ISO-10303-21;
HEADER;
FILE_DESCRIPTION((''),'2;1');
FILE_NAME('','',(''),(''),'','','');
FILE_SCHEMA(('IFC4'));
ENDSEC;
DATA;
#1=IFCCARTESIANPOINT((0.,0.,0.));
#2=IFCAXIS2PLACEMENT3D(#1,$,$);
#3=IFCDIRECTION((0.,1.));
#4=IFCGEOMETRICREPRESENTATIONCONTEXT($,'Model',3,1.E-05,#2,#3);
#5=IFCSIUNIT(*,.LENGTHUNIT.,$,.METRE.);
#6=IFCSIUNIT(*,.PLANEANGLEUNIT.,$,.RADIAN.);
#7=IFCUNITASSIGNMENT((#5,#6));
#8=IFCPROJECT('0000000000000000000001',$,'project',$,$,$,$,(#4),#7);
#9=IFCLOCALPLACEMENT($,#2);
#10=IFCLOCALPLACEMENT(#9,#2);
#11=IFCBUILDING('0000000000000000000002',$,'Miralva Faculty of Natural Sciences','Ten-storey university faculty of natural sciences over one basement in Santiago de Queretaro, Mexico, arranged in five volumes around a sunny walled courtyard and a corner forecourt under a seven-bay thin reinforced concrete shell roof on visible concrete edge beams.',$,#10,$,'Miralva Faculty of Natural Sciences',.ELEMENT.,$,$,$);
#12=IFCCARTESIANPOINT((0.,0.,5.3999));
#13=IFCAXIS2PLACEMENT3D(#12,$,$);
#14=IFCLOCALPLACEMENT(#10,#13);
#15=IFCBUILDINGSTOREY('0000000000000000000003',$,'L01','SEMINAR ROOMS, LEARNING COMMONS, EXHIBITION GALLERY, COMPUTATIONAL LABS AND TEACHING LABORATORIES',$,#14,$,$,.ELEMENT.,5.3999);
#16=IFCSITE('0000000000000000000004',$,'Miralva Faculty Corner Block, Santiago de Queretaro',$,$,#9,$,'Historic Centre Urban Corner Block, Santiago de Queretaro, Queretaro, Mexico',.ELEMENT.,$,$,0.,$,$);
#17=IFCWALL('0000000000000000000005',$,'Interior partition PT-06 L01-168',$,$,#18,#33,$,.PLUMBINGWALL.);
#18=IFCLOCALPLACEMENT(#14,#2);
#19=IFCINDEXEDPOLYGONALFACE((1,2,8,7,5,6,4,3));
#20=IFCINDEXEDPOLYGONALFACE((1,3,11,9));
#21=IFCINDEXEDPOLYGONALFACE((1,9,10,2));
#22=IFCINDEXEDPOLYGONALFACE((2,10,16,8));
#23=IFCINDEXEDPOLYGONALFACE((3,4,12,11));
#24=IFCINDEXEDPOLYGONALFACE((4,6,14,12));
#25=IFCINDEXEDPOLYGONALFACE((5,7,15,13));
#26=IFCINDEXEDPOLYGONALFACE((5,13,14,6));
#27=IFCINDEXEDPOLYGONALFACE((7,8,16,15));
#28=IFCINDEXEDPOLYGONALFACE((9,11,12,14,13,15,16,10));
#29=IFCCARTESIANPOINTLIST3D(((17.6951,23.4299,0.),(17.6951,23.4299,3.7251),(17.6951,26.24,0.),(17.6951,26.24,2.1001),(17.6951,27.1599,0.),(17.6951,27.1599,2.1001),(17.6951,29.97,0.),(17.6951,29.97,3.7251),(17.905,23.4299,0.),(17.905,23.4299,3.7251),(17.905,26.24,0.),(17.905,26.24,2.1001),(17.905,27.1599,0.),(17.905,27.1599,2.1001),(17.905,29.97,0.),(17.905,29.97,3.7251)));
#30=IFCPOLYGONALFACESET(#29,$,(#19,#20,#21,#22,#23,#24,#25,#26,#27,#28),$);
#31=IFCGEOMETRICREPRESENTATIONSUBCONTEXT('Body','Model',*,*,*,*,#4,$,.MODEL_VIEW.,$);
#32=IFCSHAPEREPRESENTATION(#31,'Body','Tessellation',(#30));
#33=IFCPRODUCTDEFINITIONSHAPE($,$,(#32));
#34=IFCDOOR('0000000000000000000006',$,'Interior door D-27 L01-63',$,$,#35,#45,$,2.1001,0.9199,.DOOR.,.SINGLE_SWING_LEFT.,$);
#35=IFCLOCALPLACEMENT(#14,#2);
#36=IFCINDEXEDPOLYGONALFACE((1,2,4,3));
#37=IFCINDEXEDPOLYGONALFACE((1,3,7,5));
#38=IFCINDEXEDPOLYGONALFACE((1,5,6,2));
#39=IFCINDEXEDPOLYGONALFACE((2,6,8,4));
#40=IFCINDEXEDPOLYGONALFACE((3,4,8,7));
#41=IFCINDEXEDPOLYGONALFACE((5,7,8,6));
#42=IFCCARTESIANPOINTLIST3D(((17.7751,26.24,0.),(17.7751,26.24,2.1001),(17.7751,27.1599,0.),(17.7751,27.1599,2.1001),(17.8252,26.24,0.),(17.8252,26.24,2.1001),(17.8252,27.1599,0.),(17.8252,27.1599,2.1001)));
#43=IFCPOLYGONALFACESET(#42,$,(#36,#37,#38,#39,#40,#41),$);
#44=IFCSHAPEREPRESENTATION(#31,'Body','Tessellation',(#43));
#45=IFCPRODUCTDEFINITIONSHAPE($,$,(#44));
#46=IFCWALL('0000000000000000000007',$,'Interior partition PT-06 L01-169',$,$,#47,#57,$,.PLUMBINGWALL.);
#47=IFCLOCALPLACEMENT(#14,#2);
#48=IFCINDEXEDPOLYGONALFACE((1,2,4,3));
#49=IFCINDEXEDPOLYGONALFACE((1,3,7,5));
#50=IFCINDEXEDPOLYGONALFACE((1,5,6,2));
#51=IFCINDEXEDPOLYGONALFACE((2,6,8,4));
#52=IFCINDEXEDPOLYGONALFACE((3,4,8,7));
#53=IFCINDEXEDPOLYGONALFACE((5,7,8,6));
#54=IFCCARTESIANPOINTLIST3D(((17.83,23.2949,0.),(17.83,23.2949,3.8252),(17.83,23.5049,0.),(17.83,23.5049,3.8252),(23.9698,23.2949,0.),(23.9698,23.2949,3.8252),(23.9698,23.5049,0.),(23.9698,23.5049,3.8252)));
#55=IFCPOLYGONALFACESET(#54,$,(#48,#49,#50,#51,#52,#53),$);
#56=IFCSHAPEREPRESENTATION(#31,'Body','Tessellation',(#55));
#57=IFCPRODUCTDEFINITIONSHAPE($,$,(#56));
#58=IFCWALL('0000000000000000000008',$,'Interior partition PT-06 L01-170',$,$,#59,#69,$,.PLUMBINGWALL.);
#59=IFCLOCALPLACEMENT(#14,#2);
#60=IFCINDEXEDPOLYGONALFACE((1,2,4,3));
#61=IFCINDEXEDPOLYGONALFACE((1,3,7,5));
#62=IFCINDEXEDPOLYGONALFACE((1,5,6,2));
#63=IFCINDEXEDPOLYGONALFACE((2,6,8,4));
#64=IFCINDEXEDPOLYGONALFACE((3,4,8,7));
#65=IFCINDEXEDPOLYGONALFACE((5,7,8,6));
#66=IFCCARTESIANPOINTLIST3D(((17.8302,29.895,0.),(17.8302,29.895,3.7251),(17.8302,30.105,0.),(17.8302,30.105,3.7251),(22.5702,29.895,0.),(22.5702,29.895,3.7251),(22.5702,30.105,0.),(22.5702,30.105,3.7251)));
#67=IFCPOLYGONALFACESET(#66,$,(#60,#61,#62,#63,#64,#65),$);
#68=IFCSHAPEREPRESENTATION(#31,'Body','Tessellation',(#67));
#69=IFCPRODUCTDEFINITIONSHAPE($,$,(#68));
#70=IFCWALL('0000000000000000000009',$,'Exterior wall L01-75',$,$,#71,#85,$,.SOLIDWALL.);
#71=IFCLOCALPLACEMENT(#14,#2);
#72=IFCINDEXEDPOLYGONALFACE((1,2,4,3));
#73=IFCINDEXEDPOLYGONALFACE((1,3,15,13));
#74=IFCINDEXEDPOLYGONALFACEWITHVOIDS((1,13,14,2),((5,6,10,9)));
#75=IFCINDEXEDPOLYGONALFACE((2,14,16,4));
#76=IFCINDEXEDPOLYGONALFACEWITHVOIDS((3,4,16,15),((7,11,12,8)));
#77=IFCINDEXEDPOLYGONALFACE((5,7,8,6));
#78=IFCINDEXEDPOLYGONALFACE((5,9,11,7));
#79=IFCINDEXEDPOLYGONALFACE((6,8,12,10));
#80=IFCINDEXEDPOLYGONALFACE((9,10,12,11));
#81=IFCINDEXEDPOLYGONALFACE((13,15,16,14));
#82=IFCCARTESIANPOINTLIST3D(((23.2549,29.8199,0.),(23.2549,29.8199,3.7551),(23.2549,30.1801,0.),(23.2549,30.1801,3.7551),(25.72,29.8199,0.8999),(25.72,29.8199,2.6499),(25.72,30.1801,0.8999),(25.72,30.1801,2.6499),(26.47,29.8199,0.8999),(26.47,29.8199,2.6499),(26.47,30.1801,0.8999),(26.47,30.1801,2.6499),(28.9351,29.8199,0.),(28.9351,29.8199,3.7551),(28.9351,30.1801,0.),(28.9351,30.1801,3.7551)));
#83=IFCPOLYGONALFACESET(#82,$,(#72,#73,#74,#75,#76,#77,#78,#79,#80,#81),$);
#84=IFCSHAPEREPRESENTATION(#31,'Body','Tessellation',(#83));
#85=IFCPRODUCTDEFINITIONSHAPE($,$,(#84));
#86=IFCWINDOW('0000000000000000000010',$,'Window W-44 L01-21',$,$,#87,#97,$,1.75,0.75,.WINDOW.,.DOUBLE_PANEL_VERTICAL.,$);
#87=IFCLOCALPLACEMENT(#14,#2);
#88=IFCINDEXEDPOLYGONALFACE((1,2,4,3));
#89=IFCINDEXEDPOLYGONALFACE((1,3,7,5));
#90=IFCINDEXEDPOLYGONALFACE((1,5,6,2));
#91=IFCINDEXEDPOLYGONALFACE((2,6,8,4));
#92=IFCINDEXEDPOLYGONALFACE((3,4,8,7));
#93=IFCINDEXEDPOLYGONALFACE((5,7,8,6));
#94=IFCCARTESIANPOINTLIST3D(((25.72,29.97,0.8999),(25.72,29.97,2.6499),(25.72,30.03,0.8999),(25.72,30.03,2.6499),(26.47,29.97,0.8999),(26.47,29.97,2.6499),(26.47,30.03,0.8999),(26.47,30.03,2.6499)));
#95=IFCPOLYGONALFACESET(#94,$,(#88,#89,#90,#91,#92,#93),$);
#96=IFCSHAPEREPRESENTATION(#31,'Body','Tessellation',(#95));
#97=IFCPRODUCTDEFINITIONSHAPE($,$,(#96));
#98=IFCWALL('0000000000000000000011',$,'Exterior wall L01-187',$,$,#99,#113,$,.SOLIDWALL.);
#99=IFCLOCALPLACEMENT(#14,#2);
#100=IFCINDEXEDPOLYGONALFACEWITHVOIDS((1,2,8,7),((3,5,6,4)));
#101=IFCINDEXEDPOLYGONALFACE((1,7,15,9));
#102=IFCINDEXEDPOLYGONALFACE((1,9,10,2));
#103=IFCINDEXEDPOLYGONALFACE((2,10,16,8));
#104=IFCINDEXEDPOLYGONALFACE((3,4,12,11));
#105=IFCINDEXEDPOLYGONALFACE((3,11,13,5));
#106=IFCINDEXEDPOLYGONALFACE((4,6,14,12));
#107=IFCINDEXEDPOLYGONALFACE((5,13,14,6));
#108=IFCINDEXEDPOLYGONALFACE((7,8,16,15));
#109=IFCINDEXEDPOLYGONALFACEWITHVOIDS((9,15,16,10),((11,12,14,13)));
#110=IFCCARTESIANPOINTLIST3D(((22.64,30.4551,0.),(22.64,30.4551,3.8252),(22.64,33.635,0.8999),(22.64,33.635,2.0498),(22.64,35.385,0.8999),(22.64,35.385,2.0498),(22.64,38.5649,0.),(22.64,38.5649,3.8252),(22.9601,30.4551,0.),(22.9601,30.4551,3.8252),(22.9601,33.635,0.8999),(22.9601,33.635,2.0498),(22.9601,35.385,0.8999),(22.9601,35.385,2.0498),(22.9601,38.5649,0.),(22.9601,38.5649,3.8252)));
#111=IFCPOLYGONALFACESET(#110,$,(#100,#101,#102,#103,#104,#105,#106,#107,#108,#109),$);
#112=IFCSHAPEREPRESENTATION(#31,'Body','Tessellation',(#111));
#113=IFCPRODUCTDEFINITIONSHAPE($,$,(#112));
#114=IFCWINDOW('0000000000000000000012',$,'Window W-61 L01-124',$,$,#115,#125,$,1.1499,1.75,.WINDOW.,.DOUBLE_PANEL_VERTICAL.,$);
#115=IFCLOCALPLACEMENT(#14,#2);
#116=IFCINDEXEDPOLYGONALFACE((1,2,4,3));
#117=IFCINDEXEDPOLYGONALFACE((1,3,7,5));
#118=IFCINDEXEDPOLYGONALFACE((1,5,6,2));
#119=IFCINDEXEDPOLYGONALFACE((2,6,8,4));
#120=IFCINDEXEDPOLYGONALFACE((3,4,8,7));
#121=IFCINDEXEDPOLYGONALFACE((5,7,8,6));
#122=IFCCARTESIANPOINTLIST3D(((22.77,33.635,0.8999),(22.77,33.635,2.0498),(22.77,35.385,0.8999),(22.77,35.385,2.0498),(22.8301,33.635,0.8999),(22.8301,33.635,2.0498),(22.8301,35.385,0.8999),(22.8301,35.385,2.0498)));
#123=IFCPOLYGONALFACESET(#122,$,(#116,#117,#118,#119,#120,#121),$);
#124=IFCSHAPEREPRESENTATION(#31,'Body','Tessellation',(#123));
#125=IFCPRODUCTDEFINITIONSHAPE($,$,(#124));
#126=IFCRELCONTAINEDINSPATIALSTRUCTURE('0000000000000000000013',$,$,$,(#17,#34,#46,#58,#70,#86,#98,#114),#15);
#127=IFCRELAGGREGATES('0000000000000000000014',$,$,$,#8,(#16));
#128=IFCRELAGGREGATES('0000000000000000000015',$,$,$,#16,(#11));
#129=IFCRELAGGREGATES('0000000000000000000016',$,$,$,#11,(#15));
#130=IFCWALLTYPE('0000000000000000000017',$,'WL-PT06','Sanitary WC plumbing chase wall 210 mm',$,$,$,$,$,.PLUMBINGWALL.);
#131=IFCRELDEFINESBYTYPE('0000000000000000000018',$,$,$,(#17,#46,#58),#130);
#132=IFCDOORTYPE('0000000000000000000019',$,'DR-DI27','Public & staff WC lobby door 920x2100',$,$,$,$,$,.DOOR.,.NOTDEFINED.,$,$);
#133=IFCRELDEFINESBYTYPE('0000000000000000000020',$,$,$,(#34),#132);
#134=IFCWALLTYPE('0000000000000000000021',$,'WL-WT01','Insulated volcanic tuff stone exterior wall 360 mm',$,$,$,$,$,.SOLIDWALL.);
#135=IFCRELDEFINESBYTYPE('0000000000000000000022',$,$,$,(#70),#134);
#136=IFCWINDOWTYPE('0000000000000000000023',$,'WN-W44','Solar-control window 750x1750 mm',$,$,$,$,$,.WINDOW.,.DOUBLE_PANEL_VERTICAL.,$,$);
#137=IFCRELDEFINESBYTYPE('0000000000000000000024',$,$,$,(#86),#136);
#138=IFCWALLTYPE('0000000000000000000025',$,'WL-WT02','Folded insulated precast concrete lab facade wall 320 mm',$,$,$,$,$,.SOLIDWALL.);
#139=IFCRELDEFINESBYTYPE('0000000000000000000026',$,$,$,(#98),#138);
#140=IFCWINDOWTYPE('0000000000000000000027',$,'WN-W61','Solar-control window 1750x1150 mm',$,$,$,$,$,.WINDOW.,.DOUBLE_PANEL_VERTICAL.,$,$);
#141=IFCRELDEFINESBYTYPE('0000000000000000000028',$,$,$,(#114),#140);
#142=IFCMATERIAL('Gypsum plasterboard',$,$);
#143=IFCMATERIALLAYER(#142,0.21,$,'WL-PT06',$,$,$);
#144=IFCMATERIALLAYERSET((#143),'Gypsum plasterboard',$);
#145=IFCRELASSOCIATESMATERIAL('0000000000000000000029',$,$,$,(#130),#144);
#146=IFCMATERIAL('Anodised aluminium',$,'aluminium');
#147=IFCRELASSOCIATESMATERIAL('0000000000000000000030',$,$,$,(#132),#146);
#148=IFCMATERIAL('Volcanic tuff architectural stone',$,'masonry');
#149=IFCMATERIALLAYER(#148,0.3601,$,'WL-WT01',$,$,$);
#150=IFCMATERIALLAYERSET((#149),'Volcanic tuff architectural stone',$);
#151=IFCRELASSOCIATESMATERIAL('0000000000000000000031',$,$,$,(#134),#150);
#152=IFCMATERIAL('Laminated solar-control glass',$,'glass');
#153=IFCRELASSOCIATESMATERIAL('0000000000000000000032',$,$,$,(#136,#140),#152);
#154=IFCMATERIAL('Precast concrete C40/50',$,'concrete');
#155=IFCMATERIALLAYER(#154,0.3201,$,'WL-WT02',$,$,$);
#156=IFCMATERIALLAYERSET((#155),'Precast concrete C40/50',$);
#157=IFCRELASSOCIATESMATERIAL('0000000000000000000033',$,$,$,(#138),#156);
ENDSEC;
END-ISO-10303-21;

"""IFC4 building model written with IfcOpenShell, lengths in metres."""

from ifc_helpers import new_model, si_unit, direction, frame, frame_2d, origin, place, context, subcontext, project, spatial, rectangle, extrude, material, layer, layer_set, type_object, element, fill, save


model = new_model("IFC4")

# Units and contexts
model_context = context("Model", 3, precision=1e-05, world=origin(), true_north=direction((0.0, 1.0)))
body_context = subcontext(model_context, "Body", "Model", "MODEL_VIEW")
ifc_project = project(units=[si_unit("LENGTHUNIT", "METRE"), si_unit("PLANEANGLEUNIT", "RADIAN")], contexts=[model_context])

# Site, building, storey
site_placement = place(None, origin())
site = spatial("IfcSite", under=ifc_project, at=site_placement, Name="Miralva Faculty Corner Block, Santiago de Queretaro", LongName="Historic Centre Urban Corner Block, Santiago de Queretaro, Queretaro, Mexico", CompositionType="ELEMENT", RefElevation=0.0)
building_placement = place(site_placement, origin())
building = spatial("IfcBuilding", under=site, at=building_placement, Name="Miralva Faculty of Natural Sciences", Description="Ten-storey university faculty of natural sciences over one basement in Santiago de Queretaro, Mexico, arranged in five volumes around a sunny walled courtyard and a corner forecourt under a seven-bay thin reinforced concrete shell roof on visible concrete edge beams.", LongName="Miralva Faculty of Natural Sciences", CompositionType="ELEMENT")
storey_placement = place(building_placement, frame((0.0, 0.0, 5.3999)))
storey = spatial("IfcBuildingStorey", under=building, at=storey_placement, Name="L01", Description="SEMINAR ROOMS, LEARNING COMMONS, EXHIBITION GALLERY, COMPUTATIONAL LABS AND TEACHING LABORATORIES", CompositionType="ELEMENT", Elevation=5.3999)

# Shared definitions
ifc_material_1 = material(Name="Gypsum plasterboard")
ifc_material_2 = material(Name="Anodised aluminium", Category="aluminium")

# Shared definitions
ifc_layer_1 = layer(ifc_material_1, 0.21, Name="WL-PT06")
ifc_layer_set_1 = layer_set([ifc_layer_1], Name="Gypsum plasterboard")
wall_type_1 = type_object("IfcWallType", Name="WL-PT06", Description="Sanitary WC plumbing chase wall 210 mm", PredefinedType="PLUMBINGWALL", material=ifc_layer_set_1)

# Wall, opening, door
wall_1_placement = place(storey_placement, frame((17.8, 23.4299, 0.0), z_axis=(0.0, 0.0, 1.0), x_axis=(0.0, 1.0, 0.0)))
wall_1 = element("IfcWall", 1, at=wall_1_placement, inside=storey, type_object=wall_type_1, Name="Interior partition PT-06 L01-168", PredefinedType="PLUMBINGWALL", context=body_context, shape_type="SweptSolid", body=[
    extrude(rectangle(XDim=6.54, YDim=0.21, at=frame_2d((3.27, 0.0))), origin(), (0.0, 0.0, 1.0), 3.7251),
])
opening_1_placement = place(wall_1_placement, frame((2.8101, 0.0, 0.0)))
opening_1 = element("IfcOpeningElement", 2, at=opening_1_placement, cuts=wall_1, PredefinedType="OPENING", context=body_context, shape_type="SweptSolid", body=[
    extrude(rectangle(XDim=0.9199, YDim=2.1001, at=frame_2d((0.46, 1.05))), frame((0.0, 0.115, 0.0), z_axis=(0.0, -1.0, 0.0), x_axis=(1.0, 0.0, 0.0)), (0.0, 0.0, 1.0), 0.23),
])
door_type_1 = type_object("IfcDoorType", Name="DR-DI27", Description="Public & staff WC lobby door 920x2100", OperationType="NOTDEFINED", PredefinedType="DOOR", material=ifc_material_2)
door_1_placement = place(opening_1_placement, origin())
door_1 = element("IfcDoor", 3, at=door_1_placement, inside=storey, type_object=door_type_1, Name="Interior door D-27 L01-63", OperationType="SINGLE_SWING_LEFT", OverallHeight=2.1001, OverallWidth=0.9199, PredefinedType="DOOR", context=body_context, shape_type="SweptSolid", body=[
    extrude(rectangle(XDim=0.9199, YDim=2.1001, at=frame_2d((0.46, 1.05))), frame((0.0, 0.0249, 0.0), z_axis=(0.0, -1.0, 0.0), x_axis=(1.0, 0.0, 0.0)), (0.0, 0.0, 1.0), 0.05),
])
fill(opening_1, door_1)

# Walls
wall_2_placement = place(storey_placement, frame((17.8301, 23.3999, 0.0), z_axis=(0.0, 0.0, 1.0), x_axis=(1.0, 0.0, 0.0)))
element("IfcWall", 4, at=wall_2_placement, inside=storey, type_object=wall_type_1, Name="Interior partition PT-06 L01-169", PredefinedType="PLUMBINGWALL", context=body_context, shape_type="SweptSolid", body=[
    extrude(rectangle(XDim=6.1399, YDim=0.21, at=frame_2d((3.0698, 0.0))), origin(), (0.0, 0.0, 1.0), 3.8252),
])
wall_3_placement = place(storey_placement, frame((17.8301, 30.0, 0.0), z_axis=(0.0, 0.0, 1.0), x_axis=(1.0, 0.0, 0.0)))
element("IfcWall", 5, at=wall_3_placement, inside=storey, type_object=wall_type_1, Name="Interior partition PT-06 L01-170", PredefinedType="PLUMBINGWALL", context=body_context, shape_type="SweptSolid", body=[
    extrude(rectangle(XDim=4.74, YDim=0.21, at=frame_2d((2.3701, 0.0))), origin(), (0.0, 0.0, 1.0), 3.7251),
])

# Walls, openings, windows
ifc_material_3 = material(Name="Volcanic tuff architectural stone", Category="masonry")
ifc_layer_2 = layer(ifc_material_3, 0.3601, Name="WL-WT01")
ifc_layer_set_2 = layer_set([ifc_layer_2], Name="Volcanic tuff architectural stone")
wall_type_2 = type_object("IfcWallType", Name="WL-WT01", Description="Insulated volcanic tuff stone exterior wall 360 mm", PredefinedType="SOLIDWALL", material=ifc_layer_set_2)
wall_4_placement = place(storey_placement, frame((23.2549, 30.0, 0.0), z_axis=(0.0, 0.0, 1.0), x_axis=(1.0, 0.0, 0.0)))
wall_4 = element("IfcWall", 6, at=wall_4_placement, inside=storey, type_object=wall_type_2, Name="Exterior wall L01-75", PredefinedType="SOLIDWALL", context=body_context, shape_type="SweptSolid", body=[
    extrude(rectangle(XDim=5.6802, YDim=0.3601, at=frame_2d((2.8401, 0.0))), origin(), (0.0, 0.0, 1.0), 3.7551),
])
opening_2_placement = place(wall_4_placement, frame((2.4651, 0.0, 0.8999)))
opening_2 = element("IfcOpeningElement", 7, at=opening_2_placement, cuts=wall_4, PredefinedType="OPENING", context=body_context, shape_type="SweptSolid", body=[
    extrude(rectangle(XDim=0.75, YDim=1.75, at=frame_2d((0.375, 0.875))), frame((0.0, 0.1899, 0.0), z_axis=(0.0, -1.0, 0.0), x_axis=(1.0, 0.0, 0.0)), (0.0, 0.0, 1.0), 0.3801),
])
ifc_material_4 = material(Name="Laminated solar-control glass", Category="glass")
window_type_1 = type_object("IfcWindowType", Name="WN-W44", Description="Solar-control window 750x1750 mm", PartitioningType="DOUBLE_PANEL_VERTICAL", PredefinedType="WINDOW", material=ifc_material_4)
window_1_placement = place(opening_2_placement, origin())
window_1 = element("IfcWindow", 8, at=window_1_placement, inside=storey, type_object=window_type_1, Name="Window W-44 L01-21", OverallHeight=1.75, OverallWidth=0.75, PartitioningType="DOUBLE_PANEL_VERTICAL", PredefinedType="WINDOW", context=body_context, shape_type="SweptSolid", body=[
    extrude(rectangle(XDim=0.75, YDim=1.75, at=frame_2d((0.375, 0.875))), frame((0.0, 0.03, 0.0), z_axis=(0.0, -1.0, 0.0), x_axis=(1.0, 0.0, 0.0)), (0.0, 0.0, 1.0), 0.0601),
])
fill(opening_2, window_1)
ifc_material_5 = material(Name="Precast concrete C40/50", Category="concrete")
ifc_layer_3 = layer(ifc_material_5, 0.3201, Name="WL-WT02")
ifc_layer_set_3 = layer_set([ifc_layer_3], Name="Precast concrete C40/50")
wall_type_3 = type_object("IfcWallType", Name="WL-WT02", Description="Folded insulated precast concrete lab facade wall 320 mm", PredefinedType="SOLIDWALL", material=ifc_layer_set_3)
wall_5_placement = place(storey_placement, frame((22.8, 30.4551, 0.0), z_axis=(0.0, 0.0, 1.0), x_axis=(0.0, 1.0, 0.0)))
wall_5 = element("IfcWall", 9, at=wall_5_placement, inside=storey, type_object=wall_type_3, Name="Exterior wall L01-187", PredefinedType="SOLIDWALL", context=body_context, shape_type="SweptSolid", body=[
    extrude(rectangle(XDim=8.1099, YDim=0.3201, at=frame_2d((4.0549, 0.0))), origin(), (0.0, 0.0, 1.0), 3.8252),
])
opening_3_placement = place(wall_5_placement, frame((3.1799, 0.0, 0.8999)))
opening_3 = element("IfcOpeningElement", 10, at=opening_3_placement, cuts=wall_5, PredefinedType="OPENING", context=body_context, shape_type="SweptSolid", body=[
    extrude(rectangle(XDim=1.75, YDim=1.1499, at=frame_2d((0.875, 0.575))), frame((0.0, 0.1699, 0.0), z_axis=(0.0, -1.0, 0.0), x_axis=(1.0, 0.0, 0.0)), (0.0, 0.0, 1.0), 0.3401),
])
window_type_2 = type_object("IfcWindowType", Name="WN-W61", Description="Solar-control window 1750x1150 mm", PartitioningType="DOUBLE_PANEL_VERTICAL", PredefinedType="WINDOW", material=ifc_material_4)
window_2_placement = place(opening_3_placement, frame((1.75, 0.0, 0.0), z_axis=(0.0, 0.0, 1.0), x_axis=(-1.0, 0.0, 0.0)))
window_2 = element("IfcWindow", 11, at=window_2_placement, inside=storey, type_object=window_type_2, Name="Window W-61 L01-124", OverallHeight=1.1499, OverallWidth=1.75, PartitioningType="DOUBLE_PANEL_VERTICAL", PredefinedType="WINDOW", context=body_context, shape_type="SweptSolid", body=[
    extrude(rectangle(XDim=1.75, YDim=1.1499, at=frame_2d((0.875, 0.575))), frame((0.0, 0.03, 0.0), z_axis=(0.0, -1.0, 0.0), x_axis=(1.0, 0.0, 0.0)), (0.0, 0.0, 1.0), 0.0601),
])
fill(opening_3, window_2)

save(model, "model.ifc")
